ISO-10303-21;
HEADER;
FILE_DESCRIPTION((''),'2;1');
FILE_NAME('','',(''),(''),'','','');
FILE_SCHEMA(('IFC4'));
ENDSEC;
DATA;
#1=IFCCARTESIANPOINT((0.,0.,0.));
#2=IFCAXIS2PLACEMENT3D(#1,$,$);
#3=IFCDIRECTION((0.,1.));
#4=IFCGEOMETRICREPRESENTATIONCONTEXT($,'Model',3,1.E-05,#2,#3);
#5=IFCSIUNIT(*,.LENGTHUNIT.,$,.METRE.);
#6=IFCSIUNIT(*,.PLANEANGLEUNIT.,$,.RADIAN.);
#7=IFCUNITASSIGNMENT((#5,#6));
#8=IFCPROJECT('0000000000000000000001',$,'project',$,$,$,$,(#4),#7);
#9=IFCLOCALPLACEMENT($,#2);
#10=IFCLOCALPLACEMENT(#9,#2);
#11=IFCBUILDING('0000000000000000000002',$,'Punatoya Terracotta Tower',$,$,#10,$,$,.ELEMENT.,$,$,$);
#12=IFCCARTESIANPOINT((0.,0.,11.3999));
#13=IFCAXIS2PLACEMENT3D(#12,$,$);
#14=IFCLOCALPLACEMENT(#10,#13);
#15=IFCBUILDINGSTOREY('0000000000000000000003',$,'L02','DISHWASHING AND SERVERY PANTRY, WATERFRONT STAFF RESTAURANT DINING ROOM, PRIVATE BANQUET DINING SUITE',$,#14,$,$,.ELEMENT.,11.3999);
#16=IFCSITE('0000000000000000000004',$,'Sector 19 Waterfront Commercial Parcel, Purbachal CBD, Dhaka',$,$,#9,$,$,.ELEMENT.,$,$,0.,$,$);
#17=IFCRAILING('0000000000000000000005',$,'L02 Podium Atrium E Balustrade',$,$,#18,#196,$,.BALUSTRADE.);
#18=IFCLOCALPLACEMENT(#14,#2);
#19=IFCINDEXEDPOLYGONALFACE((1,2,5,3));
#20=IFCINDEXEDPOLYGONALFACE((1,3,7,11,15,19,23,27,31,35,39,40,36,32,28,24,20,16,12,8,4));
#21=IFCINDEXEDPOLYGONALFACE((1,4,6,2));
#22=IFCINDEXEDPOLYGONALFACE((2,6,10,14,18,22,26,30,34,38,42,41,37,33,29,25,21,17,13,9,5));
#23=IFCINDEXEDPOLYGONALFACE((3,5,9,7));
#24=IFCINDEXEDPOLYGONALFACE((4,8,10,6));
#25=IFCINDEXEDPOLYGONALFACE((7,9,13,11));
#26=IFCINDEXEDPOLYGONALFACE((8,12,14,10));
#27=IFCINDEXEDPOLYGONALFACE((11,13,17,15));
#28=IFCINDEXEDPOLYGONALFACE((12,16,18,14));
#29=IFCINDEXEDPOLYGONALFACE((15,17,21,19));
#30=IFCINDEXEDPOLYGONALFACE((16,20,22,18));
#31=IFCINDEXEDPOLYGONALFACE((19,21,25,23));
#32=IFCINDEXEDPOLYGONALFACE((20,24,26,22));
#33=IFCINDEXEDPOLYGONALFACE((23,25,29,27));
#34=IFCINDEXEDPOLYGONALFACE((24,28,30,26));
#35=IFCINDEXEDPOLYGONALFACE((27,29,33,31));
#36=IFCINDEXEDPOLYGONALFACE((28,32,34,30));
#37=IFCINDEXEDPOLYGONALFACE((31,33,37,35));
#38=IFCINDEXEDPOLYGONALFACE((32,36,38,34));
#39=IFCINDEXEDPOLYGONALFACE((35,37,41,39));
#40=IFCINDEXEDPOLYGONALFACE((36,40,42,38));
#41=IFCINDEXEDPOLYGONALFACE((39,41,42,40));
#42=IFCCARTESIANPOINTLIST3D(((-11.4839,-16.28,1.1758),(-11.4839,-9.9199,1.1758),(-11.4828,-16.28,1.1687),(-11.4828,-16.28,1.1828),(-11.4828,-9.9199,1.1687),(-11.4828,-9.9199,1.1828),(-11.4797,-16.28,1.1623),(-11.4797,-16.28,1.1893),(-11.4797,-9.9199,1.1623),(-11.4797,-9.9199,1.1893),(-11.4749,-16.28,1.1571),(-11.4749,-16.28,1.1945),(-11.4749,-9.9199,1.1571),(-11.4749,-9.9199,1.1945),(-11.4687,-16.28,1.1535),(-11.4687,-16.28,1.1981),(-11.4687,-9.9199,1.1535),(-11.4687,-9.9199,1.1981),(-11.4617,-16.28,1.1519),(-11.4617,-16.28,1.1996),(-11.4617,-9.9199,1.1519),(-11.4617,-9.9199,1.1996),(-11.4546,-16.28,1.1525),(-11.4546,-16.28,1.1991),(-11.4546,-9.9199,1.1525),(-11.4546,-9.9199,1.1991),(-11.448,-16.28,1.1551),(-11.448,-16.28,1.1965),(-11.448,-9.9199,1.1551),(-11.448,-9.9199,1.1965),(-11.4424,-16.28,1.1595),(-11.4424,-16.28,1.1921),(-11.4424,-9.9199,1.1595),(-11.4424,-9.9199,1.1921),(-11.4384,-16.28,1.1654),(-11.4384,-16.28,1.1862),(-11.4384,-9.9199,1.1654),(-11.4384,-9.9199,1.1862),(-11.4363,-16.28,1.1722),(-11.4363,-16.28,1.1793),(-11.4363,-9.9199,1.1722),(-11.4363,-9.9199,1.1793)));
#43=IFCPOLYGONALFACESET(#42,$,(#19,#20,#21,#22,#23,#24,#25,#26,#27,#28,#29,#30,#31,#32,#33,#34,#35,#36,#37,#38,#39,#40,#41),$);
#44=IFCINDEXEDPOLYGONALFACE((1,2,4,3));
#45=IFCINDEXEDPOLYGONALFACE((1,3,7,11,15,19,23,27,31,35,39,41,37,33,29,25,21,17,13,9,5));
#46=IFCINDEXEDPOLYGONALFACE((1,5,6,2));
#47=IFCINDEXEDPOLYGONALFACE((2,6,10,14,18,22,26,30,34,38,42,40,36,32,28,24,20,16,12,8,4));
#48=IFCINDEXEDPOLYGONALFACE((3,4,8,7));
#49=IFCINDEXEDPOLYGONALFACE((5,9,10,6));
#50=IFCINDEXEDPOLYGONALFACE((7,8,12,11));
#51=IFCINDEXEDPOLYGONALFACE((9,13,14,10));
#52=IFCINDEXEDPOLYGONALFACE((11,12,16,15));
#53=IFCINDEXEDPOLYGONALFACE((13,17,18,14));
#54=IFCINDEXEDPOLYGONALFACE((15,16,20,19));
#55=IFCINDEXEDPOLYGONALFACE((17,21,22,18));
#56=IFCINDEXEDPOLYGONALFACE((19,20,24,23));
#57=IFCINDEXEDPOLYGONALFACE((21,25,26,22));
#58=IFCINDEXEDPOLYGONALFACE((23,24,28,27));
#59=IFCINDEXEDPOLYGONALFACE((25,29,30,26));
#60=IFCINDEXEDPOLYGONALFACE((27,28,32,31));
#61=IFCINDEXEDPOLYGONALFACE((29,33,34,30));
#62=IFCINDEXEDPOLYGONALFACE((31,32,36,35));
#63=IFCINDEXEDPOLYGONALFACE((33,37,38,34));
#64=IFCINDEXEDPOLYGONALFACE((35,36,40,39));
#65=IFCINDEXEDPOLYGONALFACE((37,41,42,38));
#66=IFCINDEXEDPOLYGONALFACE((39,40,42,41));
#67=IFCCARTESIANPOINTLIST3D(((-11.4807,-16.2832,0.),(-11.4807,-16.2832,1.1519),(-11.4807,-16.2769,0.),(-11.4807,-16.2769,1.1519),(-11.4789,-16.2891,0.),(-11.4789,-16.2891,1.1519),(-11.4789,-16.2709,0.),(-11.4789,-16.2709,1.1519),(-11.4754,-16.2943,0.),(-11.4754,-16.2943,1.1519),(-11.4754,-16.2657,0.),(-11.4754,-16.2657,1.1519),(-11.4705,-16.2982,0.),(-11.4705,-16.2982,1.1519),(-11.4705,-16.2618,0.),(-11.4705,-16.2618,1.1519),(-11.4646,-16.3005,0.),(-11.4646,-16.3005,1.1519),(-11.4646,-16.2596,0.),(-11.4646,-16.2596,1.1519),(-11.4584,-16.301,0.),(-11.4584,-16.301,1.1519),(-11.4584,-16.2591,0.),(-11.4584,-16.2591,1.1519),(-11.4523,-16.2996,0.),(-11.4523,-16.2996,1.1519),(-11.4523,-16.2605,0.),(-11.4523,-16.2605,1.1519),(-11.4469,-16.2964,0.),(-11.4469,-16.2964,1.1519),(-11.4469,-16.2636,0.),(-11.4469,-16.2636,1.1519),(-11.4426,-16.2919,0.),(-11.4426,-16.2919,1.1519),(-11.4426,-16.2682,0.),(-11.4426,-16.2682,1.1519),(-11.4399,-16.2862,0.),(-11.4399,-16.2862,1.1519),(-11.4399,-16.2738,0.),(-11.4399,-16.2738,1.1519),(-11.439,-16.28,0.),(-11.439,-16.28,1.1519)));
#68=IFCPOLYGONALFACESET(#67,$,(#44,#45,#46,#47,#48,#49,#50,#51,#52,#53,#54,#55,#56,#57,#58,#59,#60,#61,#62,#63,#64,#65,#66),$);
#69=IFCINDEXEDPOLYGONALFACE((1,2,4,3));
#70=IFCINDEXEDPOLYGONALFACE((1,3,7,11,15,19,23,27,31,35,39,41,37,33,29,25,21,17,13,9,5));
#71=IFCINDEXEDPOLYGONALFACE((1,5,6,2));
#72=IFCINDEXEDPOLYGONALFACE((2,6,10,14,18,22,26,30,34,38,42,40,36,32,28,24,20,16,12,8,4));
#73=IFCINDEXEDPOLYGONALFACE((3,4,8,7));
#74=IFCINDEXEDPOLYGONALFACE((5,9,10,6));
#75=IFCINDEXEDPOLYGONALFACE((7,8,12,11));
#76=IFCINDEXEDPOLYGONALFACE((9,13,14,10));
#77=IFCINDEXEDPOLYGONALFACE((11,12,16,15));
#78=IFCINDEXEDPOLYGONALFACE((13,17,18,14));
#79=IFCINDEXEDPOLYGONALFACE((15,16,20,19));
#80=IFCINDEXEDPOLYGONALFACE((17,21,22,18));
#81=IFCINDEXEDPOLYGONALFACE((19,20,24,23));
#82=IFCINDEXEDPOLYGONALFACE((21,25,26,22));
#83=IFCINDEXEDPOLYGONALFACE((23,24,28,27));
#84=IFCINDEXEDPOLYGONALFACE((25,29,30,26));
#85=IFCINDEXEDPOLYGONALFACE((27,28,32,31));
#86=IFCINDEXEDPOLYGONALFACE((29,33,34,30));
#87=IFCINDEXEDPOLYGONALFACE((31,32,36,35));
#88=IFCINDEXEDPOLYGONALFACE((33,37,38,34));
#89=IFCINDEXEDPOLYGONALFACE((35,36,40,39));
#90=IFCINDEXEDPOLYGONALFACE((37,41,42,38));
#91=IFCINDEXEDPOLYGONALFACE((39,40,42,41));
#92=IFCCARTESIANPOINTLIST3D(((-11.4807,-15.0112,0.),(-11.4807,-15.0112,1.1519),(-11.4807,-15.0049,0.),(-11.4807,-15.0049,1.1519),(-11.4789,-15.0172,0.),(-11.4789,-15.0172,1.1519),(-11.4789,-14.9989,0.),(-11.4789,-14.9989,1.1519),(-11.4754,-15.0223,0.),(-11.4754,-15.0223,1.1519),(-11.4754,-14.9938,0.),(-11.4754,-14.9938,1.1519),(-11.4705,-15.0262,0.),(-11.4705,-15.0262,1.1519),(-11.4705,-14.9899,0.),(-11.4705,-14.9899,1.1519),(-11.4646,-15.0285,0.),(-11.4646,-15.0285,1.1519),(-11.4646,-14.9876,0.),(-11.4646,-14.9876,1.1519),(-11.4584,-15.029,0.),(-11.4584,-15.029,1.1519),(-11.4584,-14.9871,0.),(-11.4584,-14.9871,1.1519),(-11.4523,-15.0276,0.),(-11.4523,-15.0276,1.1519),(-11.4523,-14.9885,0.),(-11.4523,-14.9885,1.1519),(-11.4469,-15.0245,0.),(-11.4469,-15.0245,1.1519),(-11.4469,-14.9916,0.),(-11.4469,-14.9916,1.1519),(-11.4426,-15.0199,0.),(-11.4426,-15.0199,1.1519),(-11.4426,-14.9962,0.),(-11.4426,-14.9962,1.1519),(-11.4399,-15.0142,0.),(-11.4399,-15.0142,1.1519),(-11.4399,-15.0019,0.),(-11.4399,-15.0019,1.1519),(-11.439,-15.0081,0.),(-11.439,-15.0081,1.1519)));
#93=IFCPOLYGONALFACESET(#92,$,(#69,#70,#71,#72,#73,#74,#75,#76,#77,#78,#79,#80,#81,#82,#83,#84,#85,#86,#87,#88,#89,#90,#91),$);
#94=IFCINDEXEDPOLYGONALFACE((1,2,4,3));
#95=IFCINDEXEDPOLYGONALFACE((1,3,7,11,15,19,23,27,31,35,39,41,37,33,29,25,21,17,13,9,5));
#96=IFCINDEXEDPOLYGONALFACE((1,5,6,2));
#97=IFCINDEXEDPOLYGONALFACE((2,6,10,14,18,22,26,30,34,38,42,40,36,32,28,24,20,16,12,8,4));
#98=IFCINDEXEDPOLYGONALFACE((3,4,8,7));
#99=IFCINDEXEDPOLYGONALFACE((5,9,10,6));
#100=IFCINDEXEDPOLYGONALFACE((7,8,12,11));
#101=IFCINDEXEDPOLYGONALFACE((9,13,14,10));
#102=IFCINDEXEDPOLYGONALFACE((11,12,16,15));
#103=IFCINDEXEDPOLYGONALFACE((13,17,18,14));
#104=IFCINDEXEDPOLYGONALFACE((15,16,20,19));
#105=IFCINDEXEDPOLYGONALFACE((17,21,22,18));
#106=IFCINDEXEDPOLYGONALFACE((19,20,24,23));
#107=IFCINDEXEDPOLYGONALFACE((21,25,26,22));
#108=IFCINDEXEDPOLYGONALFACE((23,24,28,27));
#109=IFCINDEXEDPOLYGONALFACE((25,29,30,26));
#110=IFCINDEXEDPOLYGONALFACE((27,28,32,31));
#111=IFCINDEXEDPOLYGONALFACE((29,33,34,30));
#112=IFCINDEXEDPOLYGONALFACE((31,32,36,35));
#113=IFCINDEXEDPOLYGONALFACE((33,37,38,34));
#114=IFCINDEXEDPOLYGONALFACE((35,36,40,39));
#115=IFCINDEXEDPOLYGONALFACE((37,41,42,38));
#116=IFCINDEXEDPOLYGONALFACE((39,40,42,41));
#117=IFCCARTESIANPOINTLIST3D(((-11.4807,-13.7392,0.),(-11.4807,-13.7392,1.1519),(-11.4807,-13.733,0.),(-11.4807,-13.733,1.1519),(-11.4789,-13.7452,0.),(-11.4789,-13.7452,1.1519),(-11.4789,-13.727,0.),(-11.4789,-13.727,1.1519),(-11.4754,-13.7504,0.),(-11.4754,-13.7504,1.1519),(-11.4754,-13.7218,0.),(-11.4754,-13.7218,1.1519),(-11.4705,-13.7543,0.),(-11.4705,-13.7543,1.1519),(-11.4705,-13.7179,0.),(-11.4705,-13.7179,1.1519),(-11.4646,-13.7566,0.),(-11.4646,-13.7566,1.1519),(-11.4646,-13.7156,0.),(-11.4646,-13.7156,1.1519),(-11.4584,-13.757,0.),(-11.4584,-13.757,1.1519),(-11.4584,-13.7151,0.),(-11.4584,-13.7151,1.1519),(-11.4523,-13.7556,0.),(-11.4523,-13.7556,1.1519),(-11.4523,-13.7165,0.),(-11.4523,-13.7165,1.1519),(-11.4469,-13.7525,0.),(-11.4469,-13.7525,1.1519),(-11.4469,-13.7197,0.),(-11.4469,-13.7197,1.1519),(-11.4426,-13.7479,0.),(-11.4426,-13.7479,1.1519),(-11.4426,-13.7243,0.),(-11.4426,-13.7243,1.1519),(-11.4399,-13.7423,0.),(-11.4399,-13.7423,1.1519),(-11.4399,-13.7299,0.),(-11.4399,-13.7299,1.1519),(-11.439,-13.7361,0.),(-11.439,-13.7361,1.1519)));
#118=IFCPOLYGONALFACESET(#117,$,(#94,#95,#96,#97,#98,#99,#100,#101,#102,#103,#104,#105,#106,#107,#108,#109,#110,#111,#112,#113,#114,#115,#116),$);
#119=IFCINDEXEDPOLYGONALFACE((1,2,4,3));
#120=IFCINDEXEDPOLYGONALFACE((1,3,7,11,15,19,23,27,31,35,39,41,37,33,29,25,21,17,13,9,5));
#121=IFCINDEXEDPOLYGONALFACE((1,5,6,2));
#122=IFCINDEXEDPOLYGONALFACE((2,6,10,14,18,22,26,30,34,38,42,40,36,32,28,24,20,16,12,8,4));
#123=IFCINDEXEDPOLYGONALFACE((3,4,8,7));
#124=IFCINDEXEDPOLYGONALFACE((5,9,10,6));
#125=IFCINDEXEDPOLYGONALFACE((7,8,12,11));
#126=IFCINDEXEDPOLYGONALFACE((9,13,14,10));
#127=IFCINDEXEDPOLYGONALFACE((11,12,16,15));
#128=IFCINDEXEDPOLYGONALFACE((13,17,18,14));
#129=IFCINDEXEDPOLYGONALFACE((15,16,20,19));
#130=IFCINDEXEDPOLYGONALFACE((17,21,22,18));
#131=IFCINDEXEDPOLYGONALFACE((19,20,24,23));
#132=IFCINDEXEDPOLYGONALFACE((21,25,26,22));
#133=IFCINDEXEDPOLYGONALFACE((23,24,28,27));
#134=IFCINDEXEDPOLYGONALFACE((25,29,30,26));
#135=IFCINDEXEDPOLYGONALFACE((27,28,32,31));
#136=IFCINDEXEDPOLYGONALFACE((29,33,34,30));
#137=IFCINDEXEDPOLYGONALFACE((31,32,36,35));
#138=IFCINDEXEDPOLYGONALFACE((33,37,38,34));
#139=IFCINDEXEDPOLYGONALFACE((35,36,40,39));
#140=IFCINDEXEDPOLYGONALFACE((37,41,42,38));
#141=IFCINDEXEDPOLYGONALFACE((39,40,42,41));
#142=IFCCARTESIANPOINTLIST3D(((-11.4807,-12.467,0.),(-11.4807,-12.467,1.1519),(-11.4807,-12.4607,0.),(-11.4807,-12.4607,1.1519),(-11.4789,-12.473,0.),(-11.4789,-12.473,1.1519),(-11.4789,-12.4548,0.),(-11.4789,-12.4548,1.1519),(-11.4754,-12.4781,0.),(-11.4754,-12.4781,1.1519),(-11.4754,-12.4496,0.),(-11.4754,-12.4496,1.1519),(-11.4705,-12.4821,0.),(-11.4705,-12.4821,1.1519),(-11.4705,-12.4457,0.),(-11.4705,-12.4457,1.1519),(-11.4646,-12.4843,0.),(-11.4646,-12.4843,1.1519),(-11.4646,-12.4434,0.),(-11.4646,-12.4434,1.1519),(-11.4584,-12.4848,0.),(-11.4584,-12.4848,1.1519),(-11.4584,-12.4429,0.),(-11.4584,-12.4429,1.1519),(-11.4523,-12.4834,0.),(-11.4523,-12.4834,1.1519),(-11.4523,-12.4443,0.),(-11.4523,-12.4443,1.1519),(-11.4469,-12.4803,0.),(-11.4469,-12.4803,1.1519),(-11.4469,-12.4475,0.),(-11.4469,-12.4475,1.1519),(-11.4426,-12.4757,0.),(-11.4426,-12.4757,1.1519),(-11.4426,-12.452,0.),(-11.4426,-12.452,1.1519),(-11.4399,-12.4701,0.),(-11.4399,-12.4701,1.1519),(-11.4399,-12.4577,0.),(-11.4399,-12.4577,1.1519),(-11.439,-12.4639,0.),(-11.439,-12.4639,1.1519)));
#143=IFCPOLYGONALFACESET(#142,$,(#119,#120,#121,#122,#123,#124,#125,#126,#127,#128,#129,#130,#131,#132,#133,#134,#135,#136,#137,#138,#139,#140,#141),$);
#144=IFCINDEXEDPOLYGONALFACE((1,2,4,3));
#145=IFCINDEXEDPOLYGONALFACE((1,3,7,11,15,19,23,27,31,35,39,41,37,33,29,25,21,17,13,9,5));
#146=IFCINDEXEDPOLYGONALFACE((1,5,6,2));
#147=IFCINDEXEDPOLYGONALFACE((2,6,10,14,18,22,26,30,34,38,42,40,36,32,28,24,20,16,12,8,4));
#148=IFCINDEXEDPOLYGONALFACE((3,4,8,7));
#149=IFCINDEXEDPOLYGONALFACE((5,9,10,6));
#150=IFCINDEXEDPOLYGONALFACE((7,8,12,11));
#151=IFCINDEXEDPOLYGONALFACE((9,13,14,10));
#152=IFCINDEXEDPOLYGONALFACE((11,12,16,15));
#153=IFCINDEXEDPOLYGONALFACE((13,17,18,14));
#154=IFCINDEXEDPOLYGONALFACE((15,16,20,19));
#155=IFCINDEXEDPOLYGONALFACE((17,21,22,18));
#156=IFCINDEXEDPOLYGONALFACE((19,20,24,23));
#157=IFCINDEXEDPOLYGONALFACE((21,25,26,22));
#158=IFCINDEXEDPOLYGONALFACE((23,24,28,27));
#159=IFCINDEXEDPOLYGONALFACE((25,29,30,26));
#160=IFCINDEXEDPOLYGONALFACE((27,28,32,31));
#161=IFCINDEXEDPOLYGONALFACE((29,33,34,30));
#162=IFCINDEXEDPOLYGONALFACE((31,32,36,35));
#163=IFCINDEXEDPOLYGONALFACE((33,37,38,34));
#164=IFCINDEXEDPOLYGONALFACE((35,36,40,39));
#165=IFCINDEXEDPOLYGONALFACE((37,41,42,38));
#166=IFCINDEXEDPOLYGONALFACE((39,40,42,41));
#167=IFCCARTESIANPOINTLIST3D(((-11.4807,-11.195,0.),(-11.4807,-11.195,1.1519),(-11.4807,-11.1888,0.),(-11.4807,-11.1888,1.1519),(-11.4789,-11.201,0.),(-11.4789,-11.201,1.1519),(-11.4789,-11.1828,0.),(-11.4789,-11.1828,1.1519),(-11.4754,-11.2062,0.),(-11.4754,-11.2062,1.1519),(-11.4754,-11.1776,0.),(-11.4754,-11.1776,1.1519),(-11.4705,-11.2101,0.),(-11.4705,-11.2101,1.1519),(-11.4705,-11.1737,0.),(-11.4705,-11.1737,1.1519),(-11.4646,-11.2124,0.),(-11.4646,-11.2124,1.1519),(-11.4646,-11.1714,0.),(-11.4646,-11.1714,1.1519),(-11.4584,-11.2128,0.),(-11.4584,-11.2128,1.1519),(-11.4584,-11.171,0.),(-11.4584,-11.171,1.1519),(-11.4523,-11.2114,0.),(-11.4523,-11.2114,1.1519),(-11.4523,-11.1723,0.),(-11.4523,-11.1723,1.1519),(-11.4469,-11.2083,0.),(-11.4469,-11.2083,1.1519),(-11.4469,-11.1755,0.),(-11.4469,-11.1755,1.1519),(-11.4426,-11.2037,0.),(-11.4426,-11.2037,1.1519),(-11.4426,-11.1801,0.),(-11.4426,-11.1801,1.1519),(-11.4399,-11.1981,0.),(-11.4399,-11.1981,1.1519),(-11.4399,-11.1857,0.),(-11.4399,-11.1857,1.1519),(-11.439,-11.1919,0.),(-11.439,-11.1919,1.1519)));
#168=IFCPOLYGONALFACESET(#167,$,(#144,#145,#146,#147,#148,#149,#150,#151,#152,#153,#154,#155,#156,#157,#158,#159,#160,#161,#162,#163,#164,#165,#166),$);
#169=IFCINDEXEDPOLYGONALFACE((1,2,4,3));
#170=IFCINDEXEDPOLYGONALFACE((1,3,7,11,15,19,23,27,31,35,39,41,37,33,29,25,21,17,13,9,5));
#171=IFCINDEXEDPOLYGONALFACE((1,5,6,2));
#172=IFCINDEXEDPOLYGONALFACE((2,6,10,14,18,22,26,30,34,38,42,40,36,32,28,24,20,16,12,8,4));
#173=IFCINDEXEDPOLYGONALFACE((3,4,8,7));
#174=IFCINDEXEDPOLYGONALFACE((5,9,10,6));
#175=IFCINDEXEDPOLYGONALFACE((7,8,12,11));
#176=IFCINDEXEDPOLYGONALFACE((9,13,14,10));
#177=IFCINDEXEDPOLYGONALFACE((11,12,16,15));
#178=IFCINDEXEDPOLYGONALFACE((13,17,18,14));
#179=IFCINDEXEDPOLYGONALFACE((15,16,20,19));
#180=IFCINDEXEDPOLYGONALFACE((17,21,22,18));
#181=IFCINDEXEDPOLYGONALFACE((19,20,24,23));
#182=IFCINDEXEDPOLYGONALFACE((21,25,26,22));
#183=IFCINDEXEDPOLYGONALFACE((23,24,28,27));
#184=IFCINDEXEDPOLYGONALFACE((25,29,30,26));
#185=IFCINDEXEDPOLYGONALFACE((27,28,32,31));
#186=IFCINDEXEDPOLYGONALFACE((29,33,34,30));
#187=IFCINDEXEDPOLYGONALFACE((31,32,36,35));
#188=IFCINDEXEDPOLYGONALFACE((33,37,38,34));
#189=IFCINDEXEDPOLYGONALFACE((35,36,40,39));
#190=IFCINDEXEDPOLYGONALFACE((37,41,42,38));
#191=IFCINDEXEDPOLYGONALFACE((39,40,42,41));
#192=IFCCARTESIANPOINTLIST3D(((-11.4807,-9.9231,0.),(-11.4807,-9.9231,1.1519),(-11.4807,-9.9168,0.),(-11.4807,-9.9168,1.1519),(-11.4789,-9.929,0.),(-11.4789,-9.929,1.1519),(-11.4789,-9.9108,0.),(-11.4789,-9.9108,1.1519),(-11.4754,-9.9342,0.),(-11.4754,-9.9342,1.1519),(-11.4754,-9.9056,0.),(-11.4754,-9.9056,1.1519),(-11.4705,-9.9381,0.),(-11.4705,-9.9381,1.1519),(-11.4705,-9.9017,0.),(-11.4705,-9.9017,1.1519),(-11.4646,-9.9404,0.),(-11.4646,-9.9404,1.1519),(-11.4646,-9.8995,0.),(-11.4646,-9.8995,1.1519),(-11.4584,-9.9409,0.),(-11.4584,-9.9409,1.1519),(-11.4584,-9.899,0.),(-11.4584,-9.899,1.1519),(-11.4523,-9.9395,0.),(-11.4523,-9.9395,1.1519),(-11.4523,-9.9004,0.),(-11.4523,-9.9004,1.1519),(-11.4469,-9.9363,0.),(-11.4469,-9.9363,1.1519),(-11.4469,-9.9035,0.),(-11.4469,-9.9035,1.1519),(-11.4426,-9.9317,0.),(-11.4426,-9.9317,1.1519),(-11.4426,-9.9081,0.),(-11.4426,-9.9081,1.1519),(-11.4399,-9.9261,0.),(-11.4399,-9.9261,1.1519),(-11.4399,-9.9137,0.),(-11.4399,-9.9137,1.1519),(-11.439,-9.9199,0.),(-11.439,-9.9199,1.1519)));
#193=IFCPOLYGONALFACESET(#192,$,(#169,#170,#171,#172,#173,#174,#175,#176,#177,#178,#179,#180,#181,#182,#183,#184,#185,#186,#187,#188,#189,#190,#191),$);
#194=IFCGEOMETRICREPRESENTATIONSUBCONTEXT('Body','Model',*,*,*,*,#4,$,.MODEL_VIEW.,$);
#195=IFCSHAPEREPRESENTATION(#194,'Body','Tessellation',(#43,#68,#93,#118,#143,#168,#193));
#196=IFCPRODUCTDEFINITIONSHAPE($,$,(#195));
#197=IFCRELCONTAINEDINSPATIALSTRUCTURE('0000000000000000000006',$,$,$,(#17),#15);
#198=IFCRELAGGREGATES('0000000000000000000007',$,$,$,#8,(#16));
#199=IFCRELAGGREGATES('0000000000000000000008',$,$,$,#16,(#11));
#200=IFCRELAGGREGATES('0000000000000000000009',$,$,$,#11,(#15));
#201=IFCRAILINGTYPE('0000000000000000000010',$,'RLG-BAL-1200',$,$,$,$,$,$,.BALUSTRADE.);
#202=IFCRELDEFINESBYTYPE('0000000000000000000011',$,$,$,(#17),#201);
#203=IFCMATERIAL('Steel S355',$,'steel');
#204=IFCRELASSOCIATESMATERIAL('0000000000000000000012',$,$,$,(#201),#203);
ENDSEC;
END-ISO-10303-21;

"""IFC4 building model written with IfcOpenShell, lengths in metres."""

from ifc_helpers import new_model, si_unit, direction, frame, origin, origin_2d, place, context, subcontext, project, spatial, circle, extrude, material, type_object, element, save


model = new_model("IFC4")

# Units and contexts
model_context = context("Model", 3, precision=1e-05, world=origin(), true_north=direction((0.0, 1.0)))
body_context = subcontext(model_context, "Body", "Model", "MODEL_VIEW")
ifc_project = project(units=[si_unit("LENGTHUNIT", "METRE"), si_unit("PLANEANGLEUNIT", "RADIAN")], contexts=[model_context])

# Site, building, storey
site_placement = place(None, origin())
site = spatial("IfcSite", under=ifc_project, at=site_placement, Name="Sector 19 Waterfront Commercial Parcel, Purbachal CBD, Dhaka", CompositionType="ELEMENT", RefElevation=0.0)
building_placement = place(site_placement, origin())
building = spatial("IfcBuilding", under=site, at=building_placement, Name="Punatoya Terracotta Tower", CompositionType="ELEMENT")
storey_placement = place(building_placement, frame((0.0, 0.0, 11.3999)))
storey = spatial("IfcBuildingStorey", under=building, at=storey_placement, Name="L02", Description="DISHWASHING AND SERVERY PANTRY, WATERFRONT STAFF RESTAURANT DINING ROOM, PRIVATE BANQUET DINING SUITE", CompositionType="ELEMENT", Elevation=11.3999)

# Shared definitions
ifc_material_1 = material(Name="Steel S355", Category="steel")

# Railing
railing_type_1 = type_object("IfcRailingType", Name="RLG-BAL-1200", PredefinedType="BALUSTRADE", material=ifc_material_1)
railing_1_placement = place(storey_placement, frame((-11.46, -16.28, 0.0)))
element("IfcRailing", 1, at=railing_1_placement, inside=storey, type_object=railing_type_1, Name="L02 Podium Atrium E Balustrade", PredefinedType="BALUSTRADE", context=body_context, shape_type="SweptSolid", body=[
    extrude(circle(Radius=0.0239, at=origin_2d()), frame((0.0, 0.0, 1.1758), z_axis=(0.0, 1.0, 0.0), x_axis=(-1.0, 0.0, 0.0)), (0.0, 0.0, 1.0), 6.3601),
    extrude(circle(Radius=0.021, at=origin_2d()), origin(), (0.0, 0.0, 1.0), 1.1519),
    extrude(circle(Radius=0.021, at=origin_2d()), frame((0.0, 1.272, 0.0)), (0.0, 0.0, 1.0), 1.1519),
    extrude(circle(Radius=0.021, at=origin_2d()), frame((0.0, 2.5439, 0.0)), (0.0, 0.0, 1.0), 1.1519),
    extrude(circle(Radius=0.021, at=origin_2d()), frame((0.0, 3.8162, 0.0)), (0.0, 0.0, 1.0), 1.1519),
    extrude(circle(Radius=0.021, at=origin_2d()), frame((0.0, 5.0881, 0.0)), (0.0, 0.0, 1.0), 1.1519),
    extrude(circle(Radius=0.021, at=origin_2d()), frame((0.0, 6.3601, 0.0)), (0.0, 0.0, 1.0), 1.1519),
])

save(model, "model.ifc")
